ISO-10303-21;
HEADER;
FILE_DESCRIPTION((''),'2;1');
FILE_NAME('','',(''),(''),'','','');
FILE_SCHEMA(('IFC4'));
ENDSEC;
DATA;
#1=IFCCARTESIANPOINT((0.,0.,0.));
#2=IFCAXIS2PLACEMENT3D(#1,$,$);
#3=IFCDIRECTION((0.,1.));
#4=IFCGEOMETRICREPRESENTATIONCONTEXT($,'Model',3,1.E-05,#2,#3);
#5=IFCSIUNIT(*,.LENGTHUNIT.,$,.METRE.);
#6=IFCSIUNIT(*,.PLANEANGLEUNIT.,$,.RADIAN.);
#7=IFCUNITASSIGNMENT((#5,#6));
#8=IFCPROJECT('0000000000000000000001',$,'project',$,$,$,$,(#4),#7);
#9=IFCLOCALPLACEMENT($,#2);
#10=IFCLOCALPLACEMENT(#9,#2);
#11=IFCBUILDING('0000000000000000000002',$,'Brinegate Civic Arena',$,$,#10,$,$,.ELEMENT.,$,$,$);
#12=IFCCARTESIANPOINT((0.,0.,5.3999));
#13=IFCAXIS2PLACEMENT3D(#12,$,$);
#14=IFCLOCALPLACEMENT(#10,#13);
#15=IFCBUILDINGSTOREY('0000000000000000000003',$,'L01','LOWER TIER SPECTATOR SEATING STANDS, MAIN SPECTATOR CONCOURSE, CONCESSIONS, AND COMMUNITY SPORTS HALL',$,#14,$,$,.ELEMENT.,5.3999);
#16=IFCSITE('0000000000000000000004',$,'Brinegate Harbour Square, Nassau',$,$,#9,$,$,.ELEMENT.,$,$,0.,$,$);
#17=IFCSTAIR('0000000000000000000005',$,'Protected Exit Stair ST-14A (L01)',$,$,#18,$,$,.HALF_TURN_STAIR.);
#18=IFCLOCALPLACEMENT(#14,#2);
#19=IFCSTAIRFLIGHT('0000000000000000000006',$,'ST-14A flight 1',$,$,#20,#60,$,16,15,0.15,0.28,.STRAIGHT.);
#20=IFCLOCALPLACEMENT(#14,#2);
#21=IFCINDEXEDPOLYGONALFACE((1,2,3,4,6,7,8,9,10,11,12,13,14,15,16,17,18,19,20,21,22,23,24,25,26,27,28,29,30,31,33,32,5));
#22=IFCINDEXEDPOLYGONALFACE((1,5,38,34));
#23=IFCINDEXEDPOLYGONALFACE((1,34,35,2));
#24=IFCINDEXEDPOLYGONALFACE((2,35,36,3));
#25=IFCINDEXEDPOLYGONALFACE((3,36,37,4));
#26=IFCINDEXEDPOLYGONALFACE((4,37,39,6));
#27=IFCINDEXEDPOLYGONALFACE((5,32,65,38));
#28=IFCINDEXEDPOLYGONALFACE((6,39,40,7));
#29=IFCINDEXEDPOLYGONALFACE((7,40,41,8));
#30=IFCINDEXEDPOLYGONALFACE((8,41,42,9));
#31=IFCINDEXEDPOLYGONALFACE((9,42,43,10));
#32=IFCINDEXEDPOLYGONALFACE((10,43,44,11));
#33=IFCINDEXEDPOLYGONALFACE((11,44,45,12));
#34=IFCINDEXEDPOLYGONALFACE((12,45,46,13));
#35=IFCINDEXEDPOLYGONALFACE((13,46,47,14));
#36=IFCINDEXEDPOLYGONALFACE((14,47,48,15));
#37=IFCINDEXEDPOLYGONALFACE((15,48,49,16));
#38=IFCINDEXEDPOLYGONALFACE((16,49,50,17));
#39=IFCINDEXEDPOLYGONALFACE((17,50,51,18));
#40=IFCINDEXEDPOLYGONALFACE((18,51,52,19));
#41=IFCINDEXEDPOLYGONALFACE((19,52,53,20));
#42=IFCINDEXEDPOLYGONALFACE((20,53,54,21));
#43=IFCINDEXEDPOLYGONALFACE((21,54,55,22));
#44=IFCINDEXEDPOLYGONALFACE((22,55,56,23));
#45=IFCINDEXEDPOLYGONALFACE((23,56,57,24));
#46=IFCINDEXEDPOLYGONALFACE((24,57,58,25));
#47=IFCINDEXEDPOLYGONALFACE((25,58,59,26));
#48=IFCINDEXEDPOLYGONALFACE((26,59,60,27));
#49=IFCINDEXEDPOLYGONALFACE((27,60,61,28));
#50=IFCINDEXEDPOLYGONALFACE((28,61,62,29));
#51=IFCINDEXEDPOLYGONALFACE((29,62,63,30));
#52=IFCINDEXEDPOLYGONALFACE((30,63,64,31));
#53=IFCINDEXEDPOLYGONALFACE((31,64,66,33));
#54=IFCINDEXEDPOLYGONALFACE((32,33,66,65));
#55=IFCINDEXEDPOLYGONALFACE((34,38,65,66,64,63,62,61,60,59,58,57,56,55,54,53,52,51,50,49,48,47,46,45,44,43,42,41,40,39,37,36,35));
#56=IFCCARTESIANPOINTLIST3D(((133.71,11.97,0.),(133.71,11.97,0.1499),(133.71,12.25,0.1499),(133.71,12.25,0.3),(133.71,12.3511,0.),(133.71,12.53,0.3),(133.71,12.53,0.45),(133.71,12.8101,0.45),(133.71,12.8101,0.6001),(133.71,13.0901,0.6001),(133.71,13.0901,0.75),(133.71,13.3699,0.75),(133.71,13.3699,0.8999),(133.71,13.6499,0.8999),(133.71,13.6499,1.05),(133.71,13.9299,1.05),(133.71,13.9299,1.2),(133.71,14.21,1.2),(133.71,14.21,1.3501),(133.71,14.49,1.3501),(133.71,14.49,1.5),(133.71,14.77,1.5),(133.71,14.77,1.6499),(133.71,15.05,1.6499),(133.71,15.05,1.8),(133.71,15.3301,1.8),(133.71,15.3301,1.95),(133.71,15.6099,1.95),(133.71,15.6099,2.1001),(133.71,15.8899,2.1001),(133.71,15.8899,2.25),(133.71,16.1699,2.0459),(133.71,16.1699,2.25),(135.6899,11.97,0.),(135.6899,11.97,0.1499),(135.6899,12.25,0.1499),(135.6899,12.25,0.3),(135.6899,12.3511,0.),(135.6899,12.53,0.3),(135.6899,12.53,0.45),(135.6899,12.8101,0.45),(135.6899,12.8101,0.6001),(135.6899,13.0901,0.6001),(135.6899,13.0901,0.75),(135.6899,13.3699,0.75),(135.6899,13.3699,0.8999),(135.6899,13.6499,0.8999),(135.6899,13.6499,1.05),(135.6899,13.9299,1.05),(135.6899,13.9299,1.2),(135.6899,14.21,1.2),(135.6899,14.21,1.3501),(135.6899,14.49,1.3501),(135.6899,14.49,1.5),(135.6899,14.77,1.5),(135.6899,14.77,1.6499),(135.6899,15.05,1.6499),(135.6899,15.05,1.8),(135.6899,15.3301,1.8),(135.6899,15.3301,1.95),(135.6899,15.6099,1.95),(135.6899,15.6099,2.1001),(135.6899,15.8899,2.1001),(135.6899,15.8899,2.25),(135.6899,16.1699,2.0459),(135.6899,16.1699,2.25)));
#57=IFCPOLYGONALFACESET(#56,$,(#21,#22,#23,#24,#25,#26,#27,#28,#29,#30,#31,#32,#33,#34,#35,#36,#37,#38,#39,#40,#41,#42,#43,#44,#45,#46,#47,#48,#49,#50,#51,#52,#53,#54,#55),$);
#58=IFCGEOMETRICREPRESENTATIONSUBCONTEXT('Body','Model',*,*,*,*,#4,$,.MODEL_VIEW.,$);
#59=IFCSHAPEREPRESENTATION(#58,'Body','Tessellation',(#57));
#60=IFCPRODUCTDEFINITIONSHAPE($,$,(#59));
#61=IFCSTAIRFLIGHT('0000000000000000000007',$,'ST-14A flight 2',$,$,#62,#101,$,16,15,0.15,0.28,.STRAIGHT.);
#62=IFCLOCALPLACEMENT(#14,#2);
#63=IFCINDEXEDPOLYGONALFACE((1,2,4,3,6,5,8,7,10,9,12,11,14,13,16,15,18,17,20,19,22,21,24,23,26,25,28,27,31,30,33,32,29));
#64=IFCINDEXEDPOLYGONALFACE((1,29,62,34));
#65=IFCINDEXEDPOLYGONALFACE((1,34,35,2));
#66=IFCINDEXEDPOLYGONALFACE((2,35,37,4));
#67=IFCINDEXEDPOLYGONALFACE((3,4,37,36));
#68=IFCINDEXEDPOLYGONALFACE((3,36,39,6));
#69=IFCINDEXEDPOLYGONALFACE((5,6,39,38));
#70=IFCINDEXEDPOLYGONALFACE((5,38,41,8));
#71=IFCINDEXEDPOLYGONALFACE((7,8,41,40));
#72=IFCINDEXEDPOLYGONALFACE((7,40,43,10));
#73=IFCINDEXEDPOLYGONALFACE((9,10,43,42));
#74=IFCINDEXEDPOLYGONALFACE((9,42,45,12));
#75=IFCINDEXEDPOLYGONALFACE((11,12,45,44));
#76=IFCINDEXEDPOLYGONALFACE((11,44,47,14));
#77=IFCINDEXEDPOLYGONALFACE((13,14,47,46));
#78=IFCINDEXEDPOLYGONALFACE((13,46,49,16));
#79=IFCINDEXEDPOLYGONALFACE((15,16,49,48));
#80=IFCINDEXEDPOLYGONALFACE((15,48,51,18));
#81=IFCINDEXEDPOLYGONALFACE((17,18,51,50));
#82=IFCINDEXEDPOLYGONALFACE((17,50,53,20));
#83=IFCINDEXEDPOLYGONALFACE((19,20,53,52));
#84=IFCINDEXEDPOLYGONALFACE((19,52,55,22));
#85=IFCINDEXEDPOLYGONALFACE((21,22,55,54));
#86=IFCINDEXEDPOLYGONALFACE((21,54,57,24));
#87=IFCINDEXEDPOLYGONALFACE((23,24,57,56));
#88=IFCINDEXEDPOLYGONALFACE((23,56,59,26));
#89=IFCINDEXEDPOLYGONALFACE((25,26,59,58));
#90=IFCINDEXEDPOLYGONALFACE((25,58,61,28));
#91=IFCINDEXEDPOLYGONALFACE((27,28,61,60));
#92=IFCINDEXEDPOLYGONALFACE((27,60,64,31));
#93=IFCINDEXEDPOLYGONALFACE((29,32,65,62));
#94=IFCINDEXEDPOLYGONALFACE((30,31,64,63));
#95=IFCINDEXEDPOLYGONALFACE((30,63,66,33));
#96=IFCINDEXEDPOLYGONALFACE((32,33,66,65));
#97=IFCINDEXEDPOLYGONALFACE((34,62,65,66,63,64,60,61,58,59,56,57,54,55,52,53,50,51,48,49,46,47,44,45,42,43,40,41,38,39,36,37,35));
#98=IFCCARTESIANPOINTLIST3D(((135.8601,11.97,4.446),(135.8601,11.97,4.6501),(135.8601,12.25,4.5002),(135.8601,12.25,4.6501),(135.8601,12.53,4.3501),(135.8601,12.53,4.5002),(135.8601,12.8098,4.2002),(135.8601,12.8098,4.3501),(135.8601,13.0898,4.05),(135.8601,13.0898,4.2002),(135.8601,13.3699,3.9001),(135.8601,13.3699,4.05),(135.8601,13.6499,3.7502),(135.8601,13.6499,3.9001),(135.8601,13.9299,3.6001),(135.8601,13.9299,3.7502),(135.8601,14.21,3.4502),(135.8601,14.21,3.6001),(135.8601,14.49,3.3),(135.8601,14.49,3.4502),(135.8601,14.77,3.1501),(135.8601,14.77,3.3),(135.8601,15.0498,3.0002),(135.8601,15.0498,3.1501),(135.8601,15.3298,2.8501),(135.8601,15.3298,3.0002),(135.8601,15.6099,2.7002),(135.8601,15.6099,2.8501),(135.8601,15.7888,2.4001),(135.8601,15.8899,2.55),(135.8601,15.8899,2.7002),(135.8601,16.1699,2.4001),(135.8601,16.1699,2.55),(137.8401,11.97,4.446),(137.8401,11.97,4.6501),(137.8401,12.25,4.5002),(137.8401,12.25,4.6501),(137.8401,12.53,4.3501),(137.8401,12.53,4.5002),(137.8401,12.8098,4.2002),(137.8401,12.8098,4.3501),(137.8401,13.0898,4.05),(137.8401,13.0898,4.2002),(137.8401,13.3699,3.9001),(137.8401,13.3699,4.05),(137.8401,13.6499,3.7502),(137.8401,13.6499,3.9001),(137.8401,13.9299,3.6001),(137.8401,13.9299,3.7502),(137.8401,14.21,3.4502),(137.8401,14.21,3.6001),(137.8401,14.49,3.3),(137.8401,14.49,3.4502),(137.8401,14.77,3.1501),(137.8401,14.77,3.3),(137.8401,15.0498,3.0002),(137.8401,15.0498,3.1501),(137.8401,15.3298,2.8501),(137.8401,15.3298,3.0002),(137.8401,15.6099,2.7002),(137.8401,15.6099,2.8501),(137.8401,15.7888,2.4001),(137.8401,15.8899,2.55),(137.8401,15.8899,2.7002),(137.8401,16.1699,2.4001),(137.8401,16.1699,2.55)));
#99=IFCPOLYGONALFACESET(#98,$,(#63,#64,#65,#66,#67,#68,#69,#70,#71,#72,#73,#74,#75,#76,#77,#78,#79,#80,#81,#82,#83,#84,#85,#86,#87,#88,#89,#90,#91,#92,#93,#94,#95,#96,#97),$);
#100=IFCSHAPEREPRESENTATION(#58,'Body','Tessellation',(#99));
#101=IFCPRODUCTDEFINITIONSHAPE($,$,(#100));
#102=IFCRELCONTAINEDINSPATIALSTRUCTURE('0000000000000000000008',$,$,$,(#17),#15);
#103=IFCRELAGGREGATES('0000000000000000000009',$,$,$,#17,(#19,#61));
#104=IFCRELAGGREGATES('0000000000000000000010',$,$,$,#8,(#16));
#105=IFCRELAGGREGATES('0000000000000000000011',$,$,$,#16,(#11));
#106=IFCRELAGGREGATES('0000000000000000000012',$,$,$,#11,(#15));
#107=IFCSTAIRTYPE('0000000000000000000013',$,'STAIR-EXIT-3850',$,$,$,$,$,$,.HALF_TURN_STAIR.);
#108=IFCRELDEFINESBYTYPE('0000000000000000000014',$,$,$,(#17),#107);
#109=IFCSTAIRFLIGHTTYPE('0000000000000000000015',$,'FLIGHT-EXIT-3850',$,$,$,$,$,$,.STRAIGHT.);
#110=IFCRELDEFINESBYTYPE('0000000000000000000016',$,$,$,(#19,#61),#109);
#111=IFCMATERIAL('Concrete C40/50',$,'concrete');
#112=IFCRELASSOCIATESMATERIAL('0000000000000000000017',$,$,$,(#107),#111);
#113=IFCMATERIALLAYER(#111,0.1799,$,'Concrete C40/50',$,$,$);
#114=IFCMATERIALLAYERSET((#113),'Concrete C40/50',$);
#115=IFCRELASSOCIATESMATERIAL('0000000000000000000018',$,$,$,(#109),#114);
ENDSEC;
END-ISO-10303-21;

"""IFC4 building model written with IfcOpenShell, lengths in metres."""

from ifc_helpers import new_model, si_unit, direction, frame, origin, place, context, subcontext, project, spatial, polyline, outline, extrude, material, layer, layer_set, type_object, element, aggregate, save


model = new_model("IFC4")

# Units and contexts
model_context = context("Model", 3, precision=1e-05, world=origin(), true_north=direction((0.0, 1.0)))
body_context = subcontext(model_context, "Body", "Model", "MODEL_VIEW")
ifc_project = project(units=[si_unit("LENGTHUNIT", "METRE"), si_unit("PLANEANGLEUNIT", "RADIAN")], contexts=[model_context])

# Site, building, storey
site_placement = place(None, origin())
site = spatial("IfcSite", under=ifc_project, at=site_placement, Name="Brinegate Harbour Square, Nassau", CompositionType="ELEMENT", RefElevation=0.0)
building_placement = place(site_placement, origin())
building = spatial("IfcBuilding", under=site, at=building_placement, Name="Brinegate Civic Arena", CompositionType="ELEMENT")
storey_placement = place(building_placement, frame((0.0, 0.0, 5.3999)))
storey = spatial("IfcBuildingStorey", under=building, at=storey_placement, Name="L01", Description="LOWER TIER SPECTATOR SEATING STANDS, MAIN SPECTATOR CONCOURSE, CONCESSIONS, AND COMMUNITY SPORTS HALL", CompositionType="ELEMENT", Elevation=5.3999)

# Stair, stair flights
ifc_material_1 = material(Name="Concrete C40/50", Category="concrete")
stair_type_1 = type_object("IfcStairType", Name="STAIR-EXIT-3850", PredefinedType="HALF_TURN_STAIR", material=ifc_material_1)
stair_1_placement = place(storey_placement, origin())
stair_1 = element("IfcStair", 1, at=stair_1_placement, inside=storey, type_object=stair_type_1, Name="Protected Exit Stair ST-14A (L01)", PredefinedType="HALF_TURN_STAIR")
ifc_layer_1 = layer(ifc_material_1, 0.1799, Name="Concrete C40/50")
ifc_layer_set_1 = layer_set([ifc_layer_1], Name="Concrete C40/50")
stair_flight_type_1 = type_object("IfcStairFlightType", Name="FLIGHT-EXIT-3850", PredefinedType="STRAIGHT", material=ifc_layer_set_1)
stair_flight_1_placement = place(storey_placement, frame((134.7, 11.97, 0.0), z_axis=(0.0, 0.0, 1.0), x_axis=(0.0, 1.0, 0.0)))
stair_flight_1 = element("IfcStairFlight", 2, at=stair_flight_1_placement, type_object=stair_flight_type_1, Name="ST-14A flight 1", NumberOfRisers=16, NumberOfTreads=15, PredefinedType="STRAIGHT", RiserHeight=0.15, TreadLength=0.28, context=body_context, shape_type="SweptSolid", body=[
    extrude(outline(polyline([(0.0, 0.0), (0.0, 0.1499), (0.28, 0.1499), (0.28, 0.3), (0.5601, 0.3), (0.5601, 0.45), (0.8401, 0.45), (0.8401, 0.6001), (1.1201, 0.6001), (1.1201, 0.75), (1.3999, 0.75), (1.3999, 0.8999), (1.6799, 0.8999), (1.6799, 1.05), (1.96, 1.05), (1.96, 1.2), (2.24, 1.2), (2.24, 1.3501), (2.52, 1.3501), (2.52, 1.5), (2.8, 1.5), (2.8, 1.6499), (3.0801, 1.6499), (3.0801, 1.8), (3.3601, 1.8), (3.3601, 1.95), (3.6399, 1.95), (3.6399, 2.1001), (3.9199, 2.1001), (3.9199, 2.25), (4.2, 2.25), (4.2, 2.3999), (4.2, 2.0459), (0.3811, 0.0), (0.0, 0.0)])), frame((0.0, 0.99, 0.0), z_axis=(0.0, -1.0, 0.0), x_axis=(1.0, 0.0, 0.0)), (0.0, 0.0, 1.0), 1.98),
])
stair_flight_2_placement = place(storey_placement, frame((136.8501, 16.1699, 2.4001), z_axis=(0.0, 0.0, 1.0), x_axis=(0.0, -1.0, 0.0)))
stair_flight_2 = element("IfcStairFlight", 3, at=stair_flight_2_placement, type_object=stair_flight_type_1, Name="ST-14A flight 2", NumberOfRisers=16, NumberOfTreads=15, PredefinedType="STRAIGHT", RiserHeight=0.15, TreadLength=0.28, context=body_context, shape_type="SweptSolid", body=[
    extrude(outline(polyline([(0.0, 0.0), (0.0, 0.1499), (0.28, 0.1499), (0.28, 0.3), (0.5601, 0.3), (0.5601, 0.45), (0.8401, 0.45), (0.8401, 0.6001), (1.1201, 0.6001), (1.1201, 0.75), (1.3999, 0.75), (1.3999, 0.8999), (1.6799, 0.8999), (1.6799, 1.05), (1.96, 1.05), (1.96, 1.2), (2.24, 1.2), (2.24, 1.3501), (2.52, 1.3501), (2.52, 1.5), (2.8, 1.5), (2.8, 1.6499), (3.0801, 1.6499), (3.0801, 1.8), (3.3601, 1.8), (3.3601, 1.95), (3.6399, 1.95), (3.6399, 2.1001), (3.9199, 2.1001), (3.9199, 2.25), (4.2, 2.25), (4.2, 2.3999), (4.2, 2.0459), (0.3811, 0.0), (0.0, 0.0)])), frame((0.0, 0.99, 0.0), z_axis=(0.0, -1.0, 0.0), x_axis=(1.0, 0.0, 0.0)), (0.0, 0.0, 1.0), 1.98),
])
aggregate(stair_1, [stair_flight_1, stair_flight_2])

save(model, "model.ifc")
